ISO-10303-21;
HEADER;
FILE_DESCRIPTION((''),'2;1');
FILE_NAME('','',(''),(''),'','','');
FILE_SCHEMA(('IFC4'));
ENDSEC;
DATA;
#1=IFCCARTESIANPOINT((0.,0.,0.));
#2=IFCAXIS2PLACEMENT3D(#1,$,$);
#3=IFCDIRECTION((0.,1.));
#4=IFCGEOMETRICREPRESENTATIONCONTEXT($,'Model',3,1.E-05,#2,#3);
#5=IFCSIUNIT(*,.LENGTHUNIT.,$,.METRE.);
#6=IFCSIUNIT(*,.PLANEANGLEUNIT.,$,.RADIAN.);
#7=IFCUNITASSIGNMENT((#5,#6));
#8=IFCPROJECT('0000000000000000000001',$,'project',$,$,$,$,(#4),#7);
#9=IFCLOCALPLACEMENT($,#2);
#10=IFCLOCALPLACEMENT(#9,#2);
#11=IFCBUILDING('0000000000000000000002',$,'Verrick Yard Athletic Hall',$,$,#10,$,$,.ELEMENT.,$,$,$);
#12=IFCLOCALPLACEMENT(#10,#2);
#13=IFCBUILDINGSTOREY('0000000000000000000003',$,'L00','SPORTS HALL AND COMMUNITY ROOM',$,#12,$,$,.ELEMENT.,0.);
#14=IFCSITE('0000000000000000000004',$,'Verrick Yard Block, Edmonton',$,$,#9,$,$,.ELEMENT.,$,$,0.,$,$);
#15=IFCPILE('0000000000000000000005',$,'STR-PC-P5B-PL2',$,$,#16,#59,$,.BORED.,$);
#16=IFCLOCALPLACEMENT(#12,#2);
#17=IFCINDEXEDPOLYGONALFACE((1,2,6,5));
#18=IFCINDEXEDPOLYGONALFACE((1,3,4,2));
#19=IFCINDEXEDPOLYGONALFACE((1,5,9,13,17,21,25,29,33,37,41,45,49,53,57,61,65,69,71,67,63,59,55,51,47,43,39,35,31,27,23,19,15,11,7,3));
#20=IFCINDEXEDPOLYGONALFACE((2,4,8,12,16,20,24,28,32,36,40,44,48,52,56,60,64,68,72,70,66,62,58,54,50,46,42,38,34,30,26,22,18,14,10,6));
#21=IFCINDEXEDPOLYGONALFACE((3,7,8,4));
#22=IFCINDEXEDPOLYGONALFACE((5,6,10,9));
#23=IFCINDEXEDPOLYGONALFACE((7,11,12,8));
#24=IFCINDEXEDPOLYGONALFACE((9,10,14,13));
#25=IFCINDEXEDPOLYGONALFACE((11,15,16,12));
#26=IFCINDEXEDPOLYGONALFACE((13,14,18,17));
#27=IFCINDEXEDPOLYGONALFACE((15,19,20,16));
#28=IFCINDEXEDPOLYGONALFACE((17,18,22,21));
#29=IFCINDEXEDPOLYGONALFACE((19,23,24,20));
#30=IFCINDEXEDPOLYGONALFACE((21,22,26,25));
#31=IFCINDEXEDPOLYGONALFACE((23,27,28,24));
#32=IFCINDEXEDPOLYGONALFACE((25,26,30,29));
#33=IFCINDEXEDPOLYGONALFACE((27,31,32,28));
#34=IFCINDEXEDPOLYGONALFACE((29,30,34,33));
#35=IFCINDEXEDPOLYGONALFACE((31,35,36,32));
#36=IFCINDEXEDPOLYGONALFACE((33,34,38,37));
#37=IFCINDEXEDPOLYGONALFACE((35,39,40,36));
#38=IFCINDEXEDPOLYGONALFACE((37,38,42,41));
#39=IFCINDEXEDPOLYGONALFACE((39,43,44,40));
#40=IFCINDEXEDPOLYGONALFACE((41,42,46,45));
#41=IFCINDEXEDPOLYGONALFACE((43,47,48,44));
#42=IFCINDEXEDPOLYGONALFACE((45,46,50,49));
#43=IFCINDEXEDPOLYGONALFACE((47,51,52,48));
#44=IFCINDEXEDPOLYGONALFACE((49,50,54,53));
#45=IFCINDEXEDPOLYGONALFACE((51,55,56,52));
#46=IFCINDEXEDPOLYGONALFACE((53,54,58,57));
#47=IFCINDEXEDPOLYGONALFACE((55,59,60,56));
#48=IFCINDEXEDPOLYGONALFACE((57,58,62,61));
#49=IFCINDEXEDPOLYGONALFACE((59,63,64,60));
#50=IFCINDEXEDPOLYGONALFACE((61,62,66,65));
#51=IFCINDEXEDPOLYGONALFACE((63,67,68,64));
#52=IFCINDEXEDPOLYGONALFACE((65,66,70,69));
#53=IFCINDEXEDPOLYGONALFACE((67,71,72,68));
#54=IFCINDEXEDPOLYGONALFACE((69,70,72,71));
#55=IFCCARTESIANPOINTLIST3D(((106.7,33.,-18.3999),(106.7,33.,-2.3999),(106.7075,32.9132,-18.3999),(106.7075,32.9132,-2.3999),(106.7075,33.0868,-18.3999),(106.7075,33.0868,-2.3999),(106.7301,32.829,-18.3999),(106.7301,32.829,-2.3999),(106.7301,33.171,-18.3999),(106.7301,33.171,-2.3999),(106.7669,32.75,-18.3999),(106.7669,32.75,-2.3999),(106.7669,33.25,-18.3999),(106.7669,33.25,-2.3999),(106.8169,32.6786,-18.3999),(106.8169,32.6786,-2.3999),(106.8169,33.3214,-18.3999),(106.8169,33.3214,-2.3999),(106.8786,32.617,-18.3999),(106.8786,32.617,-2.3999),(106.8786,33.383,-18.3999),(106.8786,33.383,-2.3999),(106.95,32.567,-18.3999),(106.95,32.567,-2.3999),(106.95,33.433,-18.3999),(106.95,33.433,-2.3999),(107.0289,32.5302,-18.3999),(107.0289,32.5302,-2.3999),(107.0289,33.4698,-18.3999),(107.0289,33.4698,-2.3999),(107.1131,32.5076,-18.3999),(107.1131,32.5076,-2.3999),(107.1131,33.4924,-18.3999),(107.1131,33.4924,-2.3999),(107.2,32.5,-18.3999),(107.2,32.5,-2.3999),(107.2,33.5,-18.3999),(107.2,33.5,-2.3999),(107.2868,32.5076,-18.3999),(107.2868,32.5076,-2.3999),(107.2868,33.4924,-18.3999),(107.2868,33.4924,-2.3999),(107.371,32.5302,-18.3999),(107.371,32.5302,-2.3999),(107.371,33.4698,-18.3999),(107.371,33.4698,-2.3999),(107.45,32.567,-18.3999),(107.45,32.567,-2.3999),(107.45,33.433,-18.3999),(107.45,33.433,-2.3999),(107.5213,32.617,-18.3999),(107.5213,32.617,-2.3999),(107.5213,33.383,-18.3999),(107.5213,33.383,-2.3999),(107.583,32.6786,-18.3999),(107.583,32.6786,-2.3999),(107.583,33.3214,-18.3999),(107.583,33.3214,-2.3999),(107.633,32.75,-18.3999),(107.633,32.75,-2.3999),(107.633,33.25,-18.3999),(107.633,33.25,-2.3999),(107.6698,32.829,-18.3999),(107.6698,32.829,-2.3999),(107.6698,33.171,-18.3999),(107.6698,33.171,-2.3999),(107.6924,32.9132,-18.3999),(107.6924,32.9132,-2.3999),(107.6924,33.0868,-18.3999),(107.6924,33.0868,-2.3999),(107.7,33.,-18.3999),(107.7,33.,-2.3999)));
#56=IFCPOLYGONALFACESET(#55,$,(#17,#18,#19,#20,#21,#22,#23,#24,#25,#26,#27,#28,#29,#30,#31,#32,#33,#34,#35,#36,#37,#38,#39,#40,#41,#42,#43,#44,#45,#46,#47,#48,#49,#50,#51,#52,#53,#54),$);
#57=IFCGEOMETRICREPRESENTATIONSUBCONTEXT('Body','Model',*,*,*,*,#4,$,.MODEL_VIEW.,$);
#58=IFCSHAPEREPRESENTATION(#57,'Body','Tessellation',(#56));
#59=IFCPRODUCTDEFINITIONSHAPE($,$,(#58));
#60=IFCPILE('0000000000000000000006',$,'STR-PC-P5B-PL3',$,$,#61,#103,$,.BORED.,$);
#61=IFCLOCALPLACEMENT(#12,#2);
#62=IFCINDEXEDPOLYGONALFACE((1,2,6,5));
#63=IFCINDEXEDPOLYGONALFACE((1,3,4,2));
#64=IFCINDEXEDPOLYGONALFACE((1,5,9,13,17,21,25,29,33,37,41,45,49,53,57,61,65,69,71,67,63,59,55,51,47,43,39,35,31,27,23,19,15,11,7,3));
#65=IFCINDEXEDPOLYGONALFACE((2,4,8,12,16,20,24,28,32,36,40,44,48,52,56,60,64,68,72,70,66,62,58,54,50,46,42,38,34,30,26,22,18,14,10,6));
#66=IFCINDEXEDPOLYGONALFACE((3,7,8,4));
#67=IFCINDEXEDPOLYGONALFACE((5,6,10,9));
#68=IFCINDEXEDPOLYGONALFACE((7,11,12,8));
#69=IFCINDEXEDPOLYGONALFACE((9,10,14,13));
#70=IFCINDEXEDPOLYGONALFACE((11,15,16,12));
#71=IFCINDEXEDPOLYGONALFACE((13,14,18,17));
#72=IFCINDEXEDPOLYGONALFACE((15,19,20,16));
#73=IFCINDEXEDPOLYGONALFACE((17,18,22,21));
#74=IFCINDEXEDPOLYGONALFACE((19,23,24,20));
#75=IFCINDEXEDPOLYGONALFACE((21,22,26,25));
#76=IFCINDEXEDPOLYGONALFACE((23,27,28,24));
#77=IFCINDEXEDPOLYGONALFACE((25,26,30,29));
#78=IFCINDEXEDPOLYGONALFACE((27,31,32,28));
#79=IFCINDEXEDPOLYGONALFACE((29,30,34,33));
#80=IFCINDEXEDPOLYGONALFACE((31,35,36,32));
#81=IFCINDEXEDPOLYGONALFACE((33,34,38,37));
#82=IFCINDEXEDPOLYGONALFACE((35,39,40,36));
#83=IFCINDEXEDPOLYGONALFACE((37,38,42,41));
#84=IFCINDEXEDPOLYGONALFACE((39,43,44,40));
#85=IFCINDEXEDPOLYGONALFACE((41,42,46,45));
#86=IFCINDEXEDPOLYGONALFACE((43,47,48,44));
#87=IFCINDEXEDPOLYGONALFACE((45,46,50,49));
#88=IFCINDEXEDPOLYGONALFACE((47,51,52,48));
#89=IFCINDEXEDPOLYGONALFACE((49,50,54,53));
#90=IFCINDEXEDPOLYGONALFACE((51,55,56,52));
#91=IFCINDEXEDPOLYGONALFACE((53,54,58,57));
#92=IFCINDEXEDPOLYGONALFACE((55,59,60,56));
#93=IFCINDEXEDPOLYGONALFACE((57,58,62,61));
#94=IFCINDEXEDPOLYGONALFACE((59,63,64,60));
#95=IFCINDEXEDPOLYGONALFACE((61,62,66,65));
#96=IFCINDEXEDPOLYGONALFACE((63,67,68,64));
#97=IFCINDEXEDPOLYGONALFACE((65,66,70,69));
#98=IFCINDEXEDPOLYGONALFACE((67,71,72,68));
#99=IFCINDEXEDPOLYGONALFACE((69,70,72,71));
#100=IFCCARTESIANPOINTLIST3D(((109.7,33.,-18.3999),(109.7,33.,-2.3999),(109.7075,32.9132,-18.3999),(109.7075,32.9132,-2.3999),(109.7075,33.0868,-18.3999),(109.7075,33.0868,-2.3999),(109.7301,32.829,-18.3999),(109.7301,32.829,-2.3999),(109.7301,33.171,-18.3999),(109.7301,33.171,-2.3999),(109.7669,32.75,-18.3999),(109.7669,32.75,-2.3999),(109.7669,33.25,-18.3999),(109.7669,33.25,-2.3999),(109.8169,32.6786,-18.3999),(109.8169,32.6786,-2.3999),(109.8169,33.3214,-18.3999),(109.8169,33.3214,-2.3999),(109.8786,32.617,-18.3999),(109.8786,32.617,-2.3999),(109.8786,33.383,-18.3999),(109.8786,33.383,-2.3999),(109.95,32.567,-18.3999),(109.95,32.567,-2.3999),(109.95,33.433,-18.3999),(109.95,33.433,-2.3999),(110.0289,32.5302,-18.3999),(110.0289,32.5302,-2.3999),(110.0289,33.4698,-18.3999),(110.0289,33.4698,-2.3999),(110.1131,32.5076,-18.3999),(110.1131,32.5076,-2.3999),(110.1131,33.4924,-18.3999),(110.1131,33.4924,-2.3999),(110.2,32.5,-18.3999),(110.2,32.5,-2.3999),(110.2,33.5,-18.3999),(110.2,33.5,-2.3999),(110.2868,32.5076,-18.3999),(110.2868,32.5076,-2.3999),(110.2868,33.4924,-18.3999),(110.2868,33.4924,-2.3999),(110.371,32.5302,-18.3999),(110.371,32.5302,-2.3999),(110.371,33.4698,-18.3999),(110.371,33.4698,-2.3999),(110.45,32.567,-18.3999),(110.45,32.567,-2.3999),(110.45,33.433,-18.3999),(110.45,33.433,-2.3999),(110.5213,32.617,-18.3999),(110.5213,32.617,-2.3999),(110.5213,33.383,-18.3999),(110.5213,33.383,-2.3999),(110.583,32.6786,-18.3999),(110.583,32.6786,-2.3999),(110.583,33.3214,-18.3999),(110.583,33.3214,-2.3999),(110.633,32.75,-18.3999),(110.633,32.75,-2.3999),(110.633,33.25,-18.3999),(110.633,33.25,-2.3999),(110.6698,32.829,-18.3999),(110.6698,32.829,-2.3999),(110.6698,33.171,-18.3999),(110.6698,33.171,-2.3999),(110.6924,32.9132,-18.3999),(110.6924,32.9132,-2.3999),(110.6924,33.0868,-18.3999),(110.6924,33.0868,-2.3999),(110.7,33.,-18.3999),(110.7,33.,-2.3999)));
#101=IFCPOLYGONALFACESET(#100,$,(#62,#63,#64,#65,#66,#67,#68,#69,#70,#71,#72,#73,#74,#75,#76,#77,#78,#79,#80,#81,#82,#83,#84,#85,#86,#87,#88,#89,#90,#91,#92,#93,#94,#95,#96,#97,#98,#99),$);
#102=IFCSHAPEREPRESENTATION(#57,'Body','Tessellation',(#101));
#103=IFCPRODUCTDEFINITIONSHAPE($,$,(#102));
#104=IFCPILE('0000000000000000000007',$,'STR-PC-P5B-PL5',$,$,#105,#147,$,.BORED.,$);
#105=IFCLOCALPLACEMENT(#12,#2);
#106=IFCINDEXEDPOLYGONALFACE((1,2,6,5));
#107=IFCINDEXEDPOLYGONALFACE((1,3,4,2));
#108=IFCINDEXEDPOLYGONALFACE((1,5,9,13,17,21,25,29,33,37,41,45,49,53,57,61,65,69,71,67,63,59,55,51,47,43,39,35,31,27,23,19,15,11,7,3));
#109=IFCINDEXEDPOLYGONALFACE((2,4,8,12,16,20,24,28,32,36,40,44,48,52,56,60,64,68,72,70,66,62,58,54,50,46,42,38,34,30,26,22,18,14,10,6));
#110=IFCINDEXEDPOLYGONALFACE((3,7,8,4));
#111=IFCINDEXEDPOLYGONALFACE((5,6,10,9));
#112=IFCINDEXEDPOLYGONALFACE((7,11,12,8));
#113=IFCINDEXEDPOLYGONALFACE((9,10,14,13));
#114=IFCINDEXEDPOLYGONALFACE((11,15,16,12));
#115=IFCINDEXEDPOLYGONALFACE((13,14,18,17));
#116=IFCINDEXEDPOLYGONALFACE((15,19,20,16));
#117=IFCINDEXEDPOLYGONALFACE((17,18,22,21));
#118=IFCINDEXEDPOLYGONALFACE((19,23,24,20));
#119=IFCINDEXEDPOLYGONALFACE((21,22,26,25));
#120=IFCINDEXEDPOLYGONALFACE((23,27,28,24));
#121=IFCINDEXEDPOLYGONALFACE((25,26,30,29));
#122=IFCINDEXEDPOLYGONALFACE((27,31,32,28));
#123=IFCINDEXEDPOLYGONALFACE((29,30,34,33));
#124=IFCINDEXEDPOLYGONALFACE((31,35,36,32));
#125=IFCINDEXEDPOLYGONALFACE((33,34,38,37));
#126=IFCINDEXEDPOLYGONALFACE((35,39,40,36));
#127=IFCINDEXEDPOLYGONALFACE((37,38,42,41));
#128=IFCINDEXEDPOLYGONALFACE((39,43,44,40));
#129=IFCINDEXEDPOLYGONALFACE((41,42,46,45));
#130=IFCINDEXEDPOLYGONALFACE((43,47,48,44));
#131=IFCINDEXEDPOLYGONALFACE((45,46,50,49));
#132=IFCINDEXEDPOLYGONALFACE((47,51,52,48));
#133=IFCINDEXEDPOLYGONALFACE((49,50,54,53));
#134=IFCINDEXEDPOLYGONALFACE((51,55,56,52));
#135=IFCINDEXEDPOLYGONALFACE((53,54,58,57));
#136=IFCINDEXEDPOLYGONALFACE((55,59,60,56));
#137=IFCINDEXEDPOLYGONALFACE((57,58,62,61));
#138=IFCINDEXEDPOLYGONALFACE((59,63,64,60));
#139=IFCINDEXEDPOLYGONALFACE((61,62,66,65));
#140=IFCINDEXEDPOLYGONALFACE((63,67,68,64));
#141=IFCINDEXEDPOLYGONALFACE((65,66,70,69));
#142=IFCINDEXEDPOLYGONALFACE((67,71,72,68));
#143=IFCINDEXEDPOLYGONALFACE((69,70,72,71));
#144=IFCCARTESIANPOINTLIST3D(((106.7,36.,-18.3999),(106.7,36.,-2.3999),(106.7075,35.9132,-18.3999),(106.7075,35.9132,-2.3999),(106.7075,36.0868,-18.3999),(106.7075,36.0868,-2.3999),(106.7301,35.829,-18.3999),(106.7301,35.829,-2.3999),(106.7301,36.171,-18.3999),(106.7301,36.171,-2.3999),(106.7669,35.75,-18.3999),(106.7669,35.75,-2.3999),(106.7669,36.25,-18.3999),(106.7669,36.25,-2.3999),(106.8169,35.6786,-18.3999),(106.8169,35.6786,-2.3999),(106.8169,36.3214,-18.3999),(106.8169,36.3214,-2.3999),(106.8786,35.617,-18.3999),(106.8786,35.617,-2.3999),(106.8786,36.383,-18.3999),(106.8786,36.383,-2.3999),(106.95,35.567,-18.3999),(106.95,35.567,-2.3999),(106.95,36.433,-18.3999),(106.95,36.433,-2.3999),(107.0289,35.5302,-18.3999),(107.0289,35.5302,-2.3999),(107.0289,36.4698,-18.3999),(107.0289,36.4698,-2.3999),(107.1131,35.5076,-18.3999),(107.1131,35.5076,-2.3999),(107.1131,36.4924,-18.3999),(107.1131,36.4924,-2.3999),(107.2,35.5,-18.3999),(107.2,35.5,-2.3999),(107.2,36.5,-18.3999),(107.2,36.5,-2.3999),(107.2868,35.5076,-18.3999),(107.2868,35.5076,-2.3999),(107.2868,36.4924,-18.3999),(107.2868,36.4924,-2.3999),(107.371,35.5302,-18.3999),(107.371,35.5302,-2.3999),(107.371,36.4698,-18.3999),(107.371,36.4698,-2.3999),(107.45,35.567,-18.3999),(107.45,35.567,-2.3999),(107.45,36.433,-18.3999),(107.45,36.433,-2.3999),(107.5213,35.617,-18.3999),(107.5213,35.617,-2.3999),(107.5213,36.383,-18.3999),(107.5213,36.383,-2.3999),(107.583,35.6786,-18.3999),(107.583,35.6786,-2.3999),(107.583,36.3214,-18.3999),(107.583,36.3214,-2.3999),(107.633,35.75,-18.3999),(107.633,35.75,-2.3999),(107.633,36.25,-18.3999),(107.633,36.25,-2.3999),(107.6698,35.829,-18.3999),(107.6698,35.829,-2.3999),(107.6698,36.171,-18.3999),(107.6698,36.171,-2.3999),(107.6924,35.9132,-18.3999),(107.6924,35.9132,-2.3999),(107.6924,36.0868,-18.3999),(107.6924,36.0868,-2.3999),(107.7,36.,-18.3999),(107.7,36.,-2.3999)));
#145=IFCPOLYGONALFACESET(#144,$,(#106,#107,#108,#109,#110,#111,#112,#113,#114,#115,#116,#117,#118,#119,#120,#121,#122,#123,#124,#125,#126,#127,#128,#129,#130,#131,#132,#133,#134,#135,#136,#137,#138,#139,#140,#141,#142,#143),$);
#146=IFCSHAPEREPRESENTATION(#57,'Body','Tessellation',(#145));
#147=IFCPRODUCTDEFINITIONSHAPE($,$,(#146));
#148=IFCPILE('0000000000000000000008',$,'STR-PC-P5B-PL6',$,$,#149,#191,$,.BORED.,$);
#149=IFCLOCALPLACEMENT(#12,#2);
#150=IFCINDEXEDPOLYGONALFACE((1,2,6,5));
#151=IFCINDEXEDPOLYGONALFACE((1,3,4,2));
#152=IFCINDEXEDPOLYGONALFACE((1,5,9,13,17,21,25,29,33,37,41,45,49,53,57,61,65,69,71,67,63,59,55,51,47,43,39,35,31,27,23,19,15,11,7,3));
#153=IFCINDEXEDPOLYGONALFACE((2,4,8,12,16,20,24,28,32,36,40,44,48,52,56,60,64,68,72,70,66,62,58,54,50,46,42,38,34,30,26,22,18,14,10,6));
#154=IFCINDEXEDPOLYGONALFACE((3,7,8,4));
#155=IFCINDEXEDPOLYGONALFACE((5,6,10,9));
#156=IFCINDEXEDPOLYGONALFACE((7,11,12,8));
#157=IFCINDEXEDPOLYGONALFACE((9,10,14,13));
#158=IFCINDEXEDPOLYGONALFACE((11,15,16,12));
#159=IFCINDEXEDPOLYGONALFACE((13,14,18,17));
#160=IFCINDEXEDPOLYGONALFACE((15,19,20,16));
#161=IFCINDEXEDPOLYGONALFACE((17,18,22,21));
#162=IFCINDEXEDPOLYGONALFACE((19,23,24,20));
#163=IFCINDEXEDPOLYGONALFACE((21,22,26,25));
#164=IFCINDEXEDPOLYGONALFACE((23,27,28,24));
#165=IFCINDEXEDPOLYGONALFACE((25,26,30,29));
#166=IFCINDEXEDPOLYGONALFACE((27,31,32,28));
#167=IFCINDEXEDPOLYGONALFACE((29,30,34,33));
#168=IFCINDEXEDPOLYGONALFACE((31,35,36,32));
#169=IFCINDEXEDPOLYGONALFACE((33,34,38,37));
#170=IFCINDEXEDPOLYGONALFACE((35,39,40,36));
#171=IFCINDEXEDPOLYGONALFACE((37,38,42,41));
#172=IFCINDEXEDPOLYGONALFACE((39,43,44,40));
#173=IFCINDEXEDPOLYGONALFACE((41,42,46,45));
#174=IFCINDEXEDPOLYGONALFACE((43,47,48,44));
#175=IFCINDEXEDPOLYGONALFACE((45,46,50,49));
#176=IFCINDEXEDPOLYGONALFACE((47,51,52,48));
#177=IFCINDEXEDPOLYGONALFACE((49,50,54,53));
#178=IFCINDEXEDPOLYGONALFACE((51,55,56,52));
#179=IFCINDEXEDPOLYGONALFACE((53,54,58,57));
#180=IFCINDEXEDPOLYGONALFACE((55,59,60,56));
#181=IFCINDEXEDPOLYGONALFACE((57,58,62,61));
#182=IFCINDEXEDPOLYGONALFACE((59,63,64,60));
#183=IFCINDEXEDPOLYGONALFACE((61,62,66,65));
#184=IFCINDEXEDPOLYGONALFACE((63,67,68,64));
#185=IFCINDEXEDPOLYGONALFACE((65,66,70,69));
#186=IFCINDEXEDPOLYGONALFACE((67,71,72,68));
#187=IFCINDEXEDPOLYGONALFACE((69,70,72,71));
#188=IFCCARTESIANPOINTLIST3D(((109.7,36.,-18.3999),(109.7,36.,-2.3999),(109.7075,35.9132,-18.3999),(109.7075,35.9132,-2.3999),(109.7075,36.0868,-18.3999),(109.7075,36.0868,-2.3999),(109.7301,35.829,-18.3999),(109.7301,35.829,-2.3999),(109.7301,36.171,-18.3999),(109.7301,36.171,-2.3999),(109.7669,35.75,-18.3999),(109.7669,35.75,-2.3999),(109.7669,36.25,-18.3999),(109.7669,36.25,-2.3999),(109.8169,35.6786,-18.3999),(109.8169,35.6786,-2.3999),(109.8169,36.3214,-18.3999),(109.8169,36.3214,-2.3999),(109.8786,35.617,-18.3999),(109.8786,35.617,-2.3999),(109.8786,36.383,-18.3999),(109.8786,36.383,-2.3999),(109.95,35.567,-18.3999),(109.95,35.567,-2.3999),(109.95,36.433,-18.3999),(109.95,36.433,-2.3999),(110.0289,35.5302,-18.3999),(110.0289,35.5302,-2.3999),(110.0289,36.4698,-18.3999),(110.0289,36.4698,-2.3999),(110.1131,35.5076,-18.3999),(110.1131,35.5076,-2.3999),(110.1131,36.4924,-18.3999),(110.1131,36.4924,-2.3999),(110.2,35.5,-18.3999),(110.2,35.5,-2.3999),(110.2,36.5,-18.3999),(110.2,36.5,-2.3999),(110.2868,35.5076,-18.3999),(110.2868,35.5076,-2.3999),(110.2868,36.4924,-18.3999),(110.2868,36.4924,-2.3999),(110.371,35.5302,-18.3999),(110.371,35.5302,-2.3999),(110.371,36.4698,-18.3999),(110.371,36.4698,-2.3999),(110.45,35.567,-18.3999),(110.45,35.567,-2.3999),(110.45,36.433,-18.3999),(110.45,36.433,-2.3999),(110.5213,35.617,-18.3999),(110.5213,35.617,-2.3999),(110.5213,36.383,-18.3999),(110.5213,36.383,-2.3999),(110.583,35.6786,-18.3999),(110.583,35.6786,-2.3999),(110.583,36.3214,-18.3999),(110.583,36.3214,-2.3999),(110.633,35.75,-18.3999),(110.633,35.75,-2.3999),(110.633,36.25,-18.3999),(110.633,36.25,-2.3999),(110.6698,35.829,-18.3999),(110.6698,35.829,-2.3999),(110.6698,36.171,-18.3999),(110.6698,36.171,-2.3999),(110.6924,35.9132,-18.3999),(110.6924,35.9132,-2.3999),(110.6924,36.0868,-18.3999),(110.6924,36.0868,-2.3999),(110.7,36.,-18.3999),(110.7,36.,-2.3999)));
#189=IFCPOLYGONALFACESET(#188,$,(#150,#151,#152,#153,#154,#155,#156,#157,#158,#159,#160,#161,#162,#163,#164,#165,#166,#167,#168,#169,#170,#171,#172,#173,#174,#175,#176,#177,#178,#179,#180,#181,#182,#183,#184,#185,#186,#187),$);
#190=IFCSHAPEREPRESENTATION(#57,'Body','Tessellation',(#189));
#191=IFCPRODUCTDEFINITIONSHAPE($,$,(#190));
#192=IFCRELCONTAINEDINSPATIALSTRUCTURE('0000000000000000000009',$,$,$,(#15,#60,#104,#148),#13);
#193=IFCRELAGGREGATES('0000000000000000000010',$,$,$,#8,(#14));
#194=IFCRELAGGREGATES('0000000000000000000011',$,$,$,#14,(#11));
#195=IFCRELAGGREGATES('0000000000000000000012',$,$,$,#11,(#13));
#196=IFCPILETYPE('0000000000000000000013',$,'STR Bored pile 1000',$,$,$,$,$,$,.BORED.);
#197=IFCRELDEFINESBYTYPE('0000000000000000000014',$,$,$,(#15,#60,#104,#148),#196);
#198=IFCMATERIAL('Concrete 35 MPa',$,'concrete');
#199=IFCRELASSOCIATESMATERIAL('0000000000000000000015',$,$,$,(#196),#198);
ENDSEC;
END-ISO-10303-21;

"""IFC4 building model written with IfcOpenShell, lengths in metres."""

from ifc_helpers import new_model, si_unit, direction, frame, origin, origin_2d, place, context, subcontext, project, spatial, circle, extrude, material, type_object, element, save


model = new_model("IFC4")

# Units and contexts
model_context = context("Model", 3, precision=1e-05, world=origin(), true_north=direction((0.0, 1.0)))
body_context = subcontext(model_context, "Body", "Model", "MODEL_VIEW")
ifc_project = project(units=[si_unit("LENGTHUNIT", "METRE"), si_unit("PLANEANGLEUNIT", "RADIAN")], contexts=[model_context])

# Site, building, storey
site_placement = place(None, origin())
site = spatial("IfcSite", under=ifc_project, at=site_placement, Name="Verrick Yard Block, Edmonton", CompositionType="ELEMENT", RefElevation=0.0)
building_placement = place(site_placement, origin())
building = spatial("IfcBuilding", under=site, at=building_placement, Name="Verrick Yard Athletic Hall", CompositionType="ELEMENT")
storey_placement = place(building_placement, origin())
storey = spatial("IfcBuildingStorey", under=building, at=storey_placement, Name="L00", Description="SPORTS HALL AND COMMUNITY ROOM", CompositionType="ELEMENT", Elevation=0.0)

# Piles
ifc_material_1 = material(Name="Concrete 35 MPa", Category="concrete")
pile_type = type_object("IfcPileType", Name="STR Bored pile 1000", PredefinedType="BORED", material=ifc_material_1)
for number, where, z_axis, x_axis, name in (
    (1, (107.2, 33.0, -2.3999), (0.0, 0.0, -1.0), (1.0, 0.0, 0.0), "STR-PC-P5B-PL2"),
    (2, (110.2, 33.0, -2.3999), (0.0, 0.0, -1.0), (1.0, 0.0, 0.0), "STR-PC-P5B-PL3"),
    (3, (107.2, 36.0, -2.3999), (0.0, 0.0, -1.0), (1.0, 0.0, 0.0), "STR-PC-P5B-PL5"),
    (4, (110.2, 36.0, -2.3999), (0.0, 0.0, -1.0), (1.0, 0.0, 0.0), "STR-PC-P5B-PL6"),
):
    element("IfcPile", number, at=place(storey_placement, frame(where, z_axis=z_axis, x_axis=x_axis)), inside=storey, type_object=pile_type, Name=name, PredefinedType="BORED", context=body_context, shape_type="SweptSolid", body=[
        extrude(circle(Radius=0.5, at=origin_2d()), origin(), (0.0, 0.0, 1.0), 16.0),
    ])

save(model, "model.ifc")
